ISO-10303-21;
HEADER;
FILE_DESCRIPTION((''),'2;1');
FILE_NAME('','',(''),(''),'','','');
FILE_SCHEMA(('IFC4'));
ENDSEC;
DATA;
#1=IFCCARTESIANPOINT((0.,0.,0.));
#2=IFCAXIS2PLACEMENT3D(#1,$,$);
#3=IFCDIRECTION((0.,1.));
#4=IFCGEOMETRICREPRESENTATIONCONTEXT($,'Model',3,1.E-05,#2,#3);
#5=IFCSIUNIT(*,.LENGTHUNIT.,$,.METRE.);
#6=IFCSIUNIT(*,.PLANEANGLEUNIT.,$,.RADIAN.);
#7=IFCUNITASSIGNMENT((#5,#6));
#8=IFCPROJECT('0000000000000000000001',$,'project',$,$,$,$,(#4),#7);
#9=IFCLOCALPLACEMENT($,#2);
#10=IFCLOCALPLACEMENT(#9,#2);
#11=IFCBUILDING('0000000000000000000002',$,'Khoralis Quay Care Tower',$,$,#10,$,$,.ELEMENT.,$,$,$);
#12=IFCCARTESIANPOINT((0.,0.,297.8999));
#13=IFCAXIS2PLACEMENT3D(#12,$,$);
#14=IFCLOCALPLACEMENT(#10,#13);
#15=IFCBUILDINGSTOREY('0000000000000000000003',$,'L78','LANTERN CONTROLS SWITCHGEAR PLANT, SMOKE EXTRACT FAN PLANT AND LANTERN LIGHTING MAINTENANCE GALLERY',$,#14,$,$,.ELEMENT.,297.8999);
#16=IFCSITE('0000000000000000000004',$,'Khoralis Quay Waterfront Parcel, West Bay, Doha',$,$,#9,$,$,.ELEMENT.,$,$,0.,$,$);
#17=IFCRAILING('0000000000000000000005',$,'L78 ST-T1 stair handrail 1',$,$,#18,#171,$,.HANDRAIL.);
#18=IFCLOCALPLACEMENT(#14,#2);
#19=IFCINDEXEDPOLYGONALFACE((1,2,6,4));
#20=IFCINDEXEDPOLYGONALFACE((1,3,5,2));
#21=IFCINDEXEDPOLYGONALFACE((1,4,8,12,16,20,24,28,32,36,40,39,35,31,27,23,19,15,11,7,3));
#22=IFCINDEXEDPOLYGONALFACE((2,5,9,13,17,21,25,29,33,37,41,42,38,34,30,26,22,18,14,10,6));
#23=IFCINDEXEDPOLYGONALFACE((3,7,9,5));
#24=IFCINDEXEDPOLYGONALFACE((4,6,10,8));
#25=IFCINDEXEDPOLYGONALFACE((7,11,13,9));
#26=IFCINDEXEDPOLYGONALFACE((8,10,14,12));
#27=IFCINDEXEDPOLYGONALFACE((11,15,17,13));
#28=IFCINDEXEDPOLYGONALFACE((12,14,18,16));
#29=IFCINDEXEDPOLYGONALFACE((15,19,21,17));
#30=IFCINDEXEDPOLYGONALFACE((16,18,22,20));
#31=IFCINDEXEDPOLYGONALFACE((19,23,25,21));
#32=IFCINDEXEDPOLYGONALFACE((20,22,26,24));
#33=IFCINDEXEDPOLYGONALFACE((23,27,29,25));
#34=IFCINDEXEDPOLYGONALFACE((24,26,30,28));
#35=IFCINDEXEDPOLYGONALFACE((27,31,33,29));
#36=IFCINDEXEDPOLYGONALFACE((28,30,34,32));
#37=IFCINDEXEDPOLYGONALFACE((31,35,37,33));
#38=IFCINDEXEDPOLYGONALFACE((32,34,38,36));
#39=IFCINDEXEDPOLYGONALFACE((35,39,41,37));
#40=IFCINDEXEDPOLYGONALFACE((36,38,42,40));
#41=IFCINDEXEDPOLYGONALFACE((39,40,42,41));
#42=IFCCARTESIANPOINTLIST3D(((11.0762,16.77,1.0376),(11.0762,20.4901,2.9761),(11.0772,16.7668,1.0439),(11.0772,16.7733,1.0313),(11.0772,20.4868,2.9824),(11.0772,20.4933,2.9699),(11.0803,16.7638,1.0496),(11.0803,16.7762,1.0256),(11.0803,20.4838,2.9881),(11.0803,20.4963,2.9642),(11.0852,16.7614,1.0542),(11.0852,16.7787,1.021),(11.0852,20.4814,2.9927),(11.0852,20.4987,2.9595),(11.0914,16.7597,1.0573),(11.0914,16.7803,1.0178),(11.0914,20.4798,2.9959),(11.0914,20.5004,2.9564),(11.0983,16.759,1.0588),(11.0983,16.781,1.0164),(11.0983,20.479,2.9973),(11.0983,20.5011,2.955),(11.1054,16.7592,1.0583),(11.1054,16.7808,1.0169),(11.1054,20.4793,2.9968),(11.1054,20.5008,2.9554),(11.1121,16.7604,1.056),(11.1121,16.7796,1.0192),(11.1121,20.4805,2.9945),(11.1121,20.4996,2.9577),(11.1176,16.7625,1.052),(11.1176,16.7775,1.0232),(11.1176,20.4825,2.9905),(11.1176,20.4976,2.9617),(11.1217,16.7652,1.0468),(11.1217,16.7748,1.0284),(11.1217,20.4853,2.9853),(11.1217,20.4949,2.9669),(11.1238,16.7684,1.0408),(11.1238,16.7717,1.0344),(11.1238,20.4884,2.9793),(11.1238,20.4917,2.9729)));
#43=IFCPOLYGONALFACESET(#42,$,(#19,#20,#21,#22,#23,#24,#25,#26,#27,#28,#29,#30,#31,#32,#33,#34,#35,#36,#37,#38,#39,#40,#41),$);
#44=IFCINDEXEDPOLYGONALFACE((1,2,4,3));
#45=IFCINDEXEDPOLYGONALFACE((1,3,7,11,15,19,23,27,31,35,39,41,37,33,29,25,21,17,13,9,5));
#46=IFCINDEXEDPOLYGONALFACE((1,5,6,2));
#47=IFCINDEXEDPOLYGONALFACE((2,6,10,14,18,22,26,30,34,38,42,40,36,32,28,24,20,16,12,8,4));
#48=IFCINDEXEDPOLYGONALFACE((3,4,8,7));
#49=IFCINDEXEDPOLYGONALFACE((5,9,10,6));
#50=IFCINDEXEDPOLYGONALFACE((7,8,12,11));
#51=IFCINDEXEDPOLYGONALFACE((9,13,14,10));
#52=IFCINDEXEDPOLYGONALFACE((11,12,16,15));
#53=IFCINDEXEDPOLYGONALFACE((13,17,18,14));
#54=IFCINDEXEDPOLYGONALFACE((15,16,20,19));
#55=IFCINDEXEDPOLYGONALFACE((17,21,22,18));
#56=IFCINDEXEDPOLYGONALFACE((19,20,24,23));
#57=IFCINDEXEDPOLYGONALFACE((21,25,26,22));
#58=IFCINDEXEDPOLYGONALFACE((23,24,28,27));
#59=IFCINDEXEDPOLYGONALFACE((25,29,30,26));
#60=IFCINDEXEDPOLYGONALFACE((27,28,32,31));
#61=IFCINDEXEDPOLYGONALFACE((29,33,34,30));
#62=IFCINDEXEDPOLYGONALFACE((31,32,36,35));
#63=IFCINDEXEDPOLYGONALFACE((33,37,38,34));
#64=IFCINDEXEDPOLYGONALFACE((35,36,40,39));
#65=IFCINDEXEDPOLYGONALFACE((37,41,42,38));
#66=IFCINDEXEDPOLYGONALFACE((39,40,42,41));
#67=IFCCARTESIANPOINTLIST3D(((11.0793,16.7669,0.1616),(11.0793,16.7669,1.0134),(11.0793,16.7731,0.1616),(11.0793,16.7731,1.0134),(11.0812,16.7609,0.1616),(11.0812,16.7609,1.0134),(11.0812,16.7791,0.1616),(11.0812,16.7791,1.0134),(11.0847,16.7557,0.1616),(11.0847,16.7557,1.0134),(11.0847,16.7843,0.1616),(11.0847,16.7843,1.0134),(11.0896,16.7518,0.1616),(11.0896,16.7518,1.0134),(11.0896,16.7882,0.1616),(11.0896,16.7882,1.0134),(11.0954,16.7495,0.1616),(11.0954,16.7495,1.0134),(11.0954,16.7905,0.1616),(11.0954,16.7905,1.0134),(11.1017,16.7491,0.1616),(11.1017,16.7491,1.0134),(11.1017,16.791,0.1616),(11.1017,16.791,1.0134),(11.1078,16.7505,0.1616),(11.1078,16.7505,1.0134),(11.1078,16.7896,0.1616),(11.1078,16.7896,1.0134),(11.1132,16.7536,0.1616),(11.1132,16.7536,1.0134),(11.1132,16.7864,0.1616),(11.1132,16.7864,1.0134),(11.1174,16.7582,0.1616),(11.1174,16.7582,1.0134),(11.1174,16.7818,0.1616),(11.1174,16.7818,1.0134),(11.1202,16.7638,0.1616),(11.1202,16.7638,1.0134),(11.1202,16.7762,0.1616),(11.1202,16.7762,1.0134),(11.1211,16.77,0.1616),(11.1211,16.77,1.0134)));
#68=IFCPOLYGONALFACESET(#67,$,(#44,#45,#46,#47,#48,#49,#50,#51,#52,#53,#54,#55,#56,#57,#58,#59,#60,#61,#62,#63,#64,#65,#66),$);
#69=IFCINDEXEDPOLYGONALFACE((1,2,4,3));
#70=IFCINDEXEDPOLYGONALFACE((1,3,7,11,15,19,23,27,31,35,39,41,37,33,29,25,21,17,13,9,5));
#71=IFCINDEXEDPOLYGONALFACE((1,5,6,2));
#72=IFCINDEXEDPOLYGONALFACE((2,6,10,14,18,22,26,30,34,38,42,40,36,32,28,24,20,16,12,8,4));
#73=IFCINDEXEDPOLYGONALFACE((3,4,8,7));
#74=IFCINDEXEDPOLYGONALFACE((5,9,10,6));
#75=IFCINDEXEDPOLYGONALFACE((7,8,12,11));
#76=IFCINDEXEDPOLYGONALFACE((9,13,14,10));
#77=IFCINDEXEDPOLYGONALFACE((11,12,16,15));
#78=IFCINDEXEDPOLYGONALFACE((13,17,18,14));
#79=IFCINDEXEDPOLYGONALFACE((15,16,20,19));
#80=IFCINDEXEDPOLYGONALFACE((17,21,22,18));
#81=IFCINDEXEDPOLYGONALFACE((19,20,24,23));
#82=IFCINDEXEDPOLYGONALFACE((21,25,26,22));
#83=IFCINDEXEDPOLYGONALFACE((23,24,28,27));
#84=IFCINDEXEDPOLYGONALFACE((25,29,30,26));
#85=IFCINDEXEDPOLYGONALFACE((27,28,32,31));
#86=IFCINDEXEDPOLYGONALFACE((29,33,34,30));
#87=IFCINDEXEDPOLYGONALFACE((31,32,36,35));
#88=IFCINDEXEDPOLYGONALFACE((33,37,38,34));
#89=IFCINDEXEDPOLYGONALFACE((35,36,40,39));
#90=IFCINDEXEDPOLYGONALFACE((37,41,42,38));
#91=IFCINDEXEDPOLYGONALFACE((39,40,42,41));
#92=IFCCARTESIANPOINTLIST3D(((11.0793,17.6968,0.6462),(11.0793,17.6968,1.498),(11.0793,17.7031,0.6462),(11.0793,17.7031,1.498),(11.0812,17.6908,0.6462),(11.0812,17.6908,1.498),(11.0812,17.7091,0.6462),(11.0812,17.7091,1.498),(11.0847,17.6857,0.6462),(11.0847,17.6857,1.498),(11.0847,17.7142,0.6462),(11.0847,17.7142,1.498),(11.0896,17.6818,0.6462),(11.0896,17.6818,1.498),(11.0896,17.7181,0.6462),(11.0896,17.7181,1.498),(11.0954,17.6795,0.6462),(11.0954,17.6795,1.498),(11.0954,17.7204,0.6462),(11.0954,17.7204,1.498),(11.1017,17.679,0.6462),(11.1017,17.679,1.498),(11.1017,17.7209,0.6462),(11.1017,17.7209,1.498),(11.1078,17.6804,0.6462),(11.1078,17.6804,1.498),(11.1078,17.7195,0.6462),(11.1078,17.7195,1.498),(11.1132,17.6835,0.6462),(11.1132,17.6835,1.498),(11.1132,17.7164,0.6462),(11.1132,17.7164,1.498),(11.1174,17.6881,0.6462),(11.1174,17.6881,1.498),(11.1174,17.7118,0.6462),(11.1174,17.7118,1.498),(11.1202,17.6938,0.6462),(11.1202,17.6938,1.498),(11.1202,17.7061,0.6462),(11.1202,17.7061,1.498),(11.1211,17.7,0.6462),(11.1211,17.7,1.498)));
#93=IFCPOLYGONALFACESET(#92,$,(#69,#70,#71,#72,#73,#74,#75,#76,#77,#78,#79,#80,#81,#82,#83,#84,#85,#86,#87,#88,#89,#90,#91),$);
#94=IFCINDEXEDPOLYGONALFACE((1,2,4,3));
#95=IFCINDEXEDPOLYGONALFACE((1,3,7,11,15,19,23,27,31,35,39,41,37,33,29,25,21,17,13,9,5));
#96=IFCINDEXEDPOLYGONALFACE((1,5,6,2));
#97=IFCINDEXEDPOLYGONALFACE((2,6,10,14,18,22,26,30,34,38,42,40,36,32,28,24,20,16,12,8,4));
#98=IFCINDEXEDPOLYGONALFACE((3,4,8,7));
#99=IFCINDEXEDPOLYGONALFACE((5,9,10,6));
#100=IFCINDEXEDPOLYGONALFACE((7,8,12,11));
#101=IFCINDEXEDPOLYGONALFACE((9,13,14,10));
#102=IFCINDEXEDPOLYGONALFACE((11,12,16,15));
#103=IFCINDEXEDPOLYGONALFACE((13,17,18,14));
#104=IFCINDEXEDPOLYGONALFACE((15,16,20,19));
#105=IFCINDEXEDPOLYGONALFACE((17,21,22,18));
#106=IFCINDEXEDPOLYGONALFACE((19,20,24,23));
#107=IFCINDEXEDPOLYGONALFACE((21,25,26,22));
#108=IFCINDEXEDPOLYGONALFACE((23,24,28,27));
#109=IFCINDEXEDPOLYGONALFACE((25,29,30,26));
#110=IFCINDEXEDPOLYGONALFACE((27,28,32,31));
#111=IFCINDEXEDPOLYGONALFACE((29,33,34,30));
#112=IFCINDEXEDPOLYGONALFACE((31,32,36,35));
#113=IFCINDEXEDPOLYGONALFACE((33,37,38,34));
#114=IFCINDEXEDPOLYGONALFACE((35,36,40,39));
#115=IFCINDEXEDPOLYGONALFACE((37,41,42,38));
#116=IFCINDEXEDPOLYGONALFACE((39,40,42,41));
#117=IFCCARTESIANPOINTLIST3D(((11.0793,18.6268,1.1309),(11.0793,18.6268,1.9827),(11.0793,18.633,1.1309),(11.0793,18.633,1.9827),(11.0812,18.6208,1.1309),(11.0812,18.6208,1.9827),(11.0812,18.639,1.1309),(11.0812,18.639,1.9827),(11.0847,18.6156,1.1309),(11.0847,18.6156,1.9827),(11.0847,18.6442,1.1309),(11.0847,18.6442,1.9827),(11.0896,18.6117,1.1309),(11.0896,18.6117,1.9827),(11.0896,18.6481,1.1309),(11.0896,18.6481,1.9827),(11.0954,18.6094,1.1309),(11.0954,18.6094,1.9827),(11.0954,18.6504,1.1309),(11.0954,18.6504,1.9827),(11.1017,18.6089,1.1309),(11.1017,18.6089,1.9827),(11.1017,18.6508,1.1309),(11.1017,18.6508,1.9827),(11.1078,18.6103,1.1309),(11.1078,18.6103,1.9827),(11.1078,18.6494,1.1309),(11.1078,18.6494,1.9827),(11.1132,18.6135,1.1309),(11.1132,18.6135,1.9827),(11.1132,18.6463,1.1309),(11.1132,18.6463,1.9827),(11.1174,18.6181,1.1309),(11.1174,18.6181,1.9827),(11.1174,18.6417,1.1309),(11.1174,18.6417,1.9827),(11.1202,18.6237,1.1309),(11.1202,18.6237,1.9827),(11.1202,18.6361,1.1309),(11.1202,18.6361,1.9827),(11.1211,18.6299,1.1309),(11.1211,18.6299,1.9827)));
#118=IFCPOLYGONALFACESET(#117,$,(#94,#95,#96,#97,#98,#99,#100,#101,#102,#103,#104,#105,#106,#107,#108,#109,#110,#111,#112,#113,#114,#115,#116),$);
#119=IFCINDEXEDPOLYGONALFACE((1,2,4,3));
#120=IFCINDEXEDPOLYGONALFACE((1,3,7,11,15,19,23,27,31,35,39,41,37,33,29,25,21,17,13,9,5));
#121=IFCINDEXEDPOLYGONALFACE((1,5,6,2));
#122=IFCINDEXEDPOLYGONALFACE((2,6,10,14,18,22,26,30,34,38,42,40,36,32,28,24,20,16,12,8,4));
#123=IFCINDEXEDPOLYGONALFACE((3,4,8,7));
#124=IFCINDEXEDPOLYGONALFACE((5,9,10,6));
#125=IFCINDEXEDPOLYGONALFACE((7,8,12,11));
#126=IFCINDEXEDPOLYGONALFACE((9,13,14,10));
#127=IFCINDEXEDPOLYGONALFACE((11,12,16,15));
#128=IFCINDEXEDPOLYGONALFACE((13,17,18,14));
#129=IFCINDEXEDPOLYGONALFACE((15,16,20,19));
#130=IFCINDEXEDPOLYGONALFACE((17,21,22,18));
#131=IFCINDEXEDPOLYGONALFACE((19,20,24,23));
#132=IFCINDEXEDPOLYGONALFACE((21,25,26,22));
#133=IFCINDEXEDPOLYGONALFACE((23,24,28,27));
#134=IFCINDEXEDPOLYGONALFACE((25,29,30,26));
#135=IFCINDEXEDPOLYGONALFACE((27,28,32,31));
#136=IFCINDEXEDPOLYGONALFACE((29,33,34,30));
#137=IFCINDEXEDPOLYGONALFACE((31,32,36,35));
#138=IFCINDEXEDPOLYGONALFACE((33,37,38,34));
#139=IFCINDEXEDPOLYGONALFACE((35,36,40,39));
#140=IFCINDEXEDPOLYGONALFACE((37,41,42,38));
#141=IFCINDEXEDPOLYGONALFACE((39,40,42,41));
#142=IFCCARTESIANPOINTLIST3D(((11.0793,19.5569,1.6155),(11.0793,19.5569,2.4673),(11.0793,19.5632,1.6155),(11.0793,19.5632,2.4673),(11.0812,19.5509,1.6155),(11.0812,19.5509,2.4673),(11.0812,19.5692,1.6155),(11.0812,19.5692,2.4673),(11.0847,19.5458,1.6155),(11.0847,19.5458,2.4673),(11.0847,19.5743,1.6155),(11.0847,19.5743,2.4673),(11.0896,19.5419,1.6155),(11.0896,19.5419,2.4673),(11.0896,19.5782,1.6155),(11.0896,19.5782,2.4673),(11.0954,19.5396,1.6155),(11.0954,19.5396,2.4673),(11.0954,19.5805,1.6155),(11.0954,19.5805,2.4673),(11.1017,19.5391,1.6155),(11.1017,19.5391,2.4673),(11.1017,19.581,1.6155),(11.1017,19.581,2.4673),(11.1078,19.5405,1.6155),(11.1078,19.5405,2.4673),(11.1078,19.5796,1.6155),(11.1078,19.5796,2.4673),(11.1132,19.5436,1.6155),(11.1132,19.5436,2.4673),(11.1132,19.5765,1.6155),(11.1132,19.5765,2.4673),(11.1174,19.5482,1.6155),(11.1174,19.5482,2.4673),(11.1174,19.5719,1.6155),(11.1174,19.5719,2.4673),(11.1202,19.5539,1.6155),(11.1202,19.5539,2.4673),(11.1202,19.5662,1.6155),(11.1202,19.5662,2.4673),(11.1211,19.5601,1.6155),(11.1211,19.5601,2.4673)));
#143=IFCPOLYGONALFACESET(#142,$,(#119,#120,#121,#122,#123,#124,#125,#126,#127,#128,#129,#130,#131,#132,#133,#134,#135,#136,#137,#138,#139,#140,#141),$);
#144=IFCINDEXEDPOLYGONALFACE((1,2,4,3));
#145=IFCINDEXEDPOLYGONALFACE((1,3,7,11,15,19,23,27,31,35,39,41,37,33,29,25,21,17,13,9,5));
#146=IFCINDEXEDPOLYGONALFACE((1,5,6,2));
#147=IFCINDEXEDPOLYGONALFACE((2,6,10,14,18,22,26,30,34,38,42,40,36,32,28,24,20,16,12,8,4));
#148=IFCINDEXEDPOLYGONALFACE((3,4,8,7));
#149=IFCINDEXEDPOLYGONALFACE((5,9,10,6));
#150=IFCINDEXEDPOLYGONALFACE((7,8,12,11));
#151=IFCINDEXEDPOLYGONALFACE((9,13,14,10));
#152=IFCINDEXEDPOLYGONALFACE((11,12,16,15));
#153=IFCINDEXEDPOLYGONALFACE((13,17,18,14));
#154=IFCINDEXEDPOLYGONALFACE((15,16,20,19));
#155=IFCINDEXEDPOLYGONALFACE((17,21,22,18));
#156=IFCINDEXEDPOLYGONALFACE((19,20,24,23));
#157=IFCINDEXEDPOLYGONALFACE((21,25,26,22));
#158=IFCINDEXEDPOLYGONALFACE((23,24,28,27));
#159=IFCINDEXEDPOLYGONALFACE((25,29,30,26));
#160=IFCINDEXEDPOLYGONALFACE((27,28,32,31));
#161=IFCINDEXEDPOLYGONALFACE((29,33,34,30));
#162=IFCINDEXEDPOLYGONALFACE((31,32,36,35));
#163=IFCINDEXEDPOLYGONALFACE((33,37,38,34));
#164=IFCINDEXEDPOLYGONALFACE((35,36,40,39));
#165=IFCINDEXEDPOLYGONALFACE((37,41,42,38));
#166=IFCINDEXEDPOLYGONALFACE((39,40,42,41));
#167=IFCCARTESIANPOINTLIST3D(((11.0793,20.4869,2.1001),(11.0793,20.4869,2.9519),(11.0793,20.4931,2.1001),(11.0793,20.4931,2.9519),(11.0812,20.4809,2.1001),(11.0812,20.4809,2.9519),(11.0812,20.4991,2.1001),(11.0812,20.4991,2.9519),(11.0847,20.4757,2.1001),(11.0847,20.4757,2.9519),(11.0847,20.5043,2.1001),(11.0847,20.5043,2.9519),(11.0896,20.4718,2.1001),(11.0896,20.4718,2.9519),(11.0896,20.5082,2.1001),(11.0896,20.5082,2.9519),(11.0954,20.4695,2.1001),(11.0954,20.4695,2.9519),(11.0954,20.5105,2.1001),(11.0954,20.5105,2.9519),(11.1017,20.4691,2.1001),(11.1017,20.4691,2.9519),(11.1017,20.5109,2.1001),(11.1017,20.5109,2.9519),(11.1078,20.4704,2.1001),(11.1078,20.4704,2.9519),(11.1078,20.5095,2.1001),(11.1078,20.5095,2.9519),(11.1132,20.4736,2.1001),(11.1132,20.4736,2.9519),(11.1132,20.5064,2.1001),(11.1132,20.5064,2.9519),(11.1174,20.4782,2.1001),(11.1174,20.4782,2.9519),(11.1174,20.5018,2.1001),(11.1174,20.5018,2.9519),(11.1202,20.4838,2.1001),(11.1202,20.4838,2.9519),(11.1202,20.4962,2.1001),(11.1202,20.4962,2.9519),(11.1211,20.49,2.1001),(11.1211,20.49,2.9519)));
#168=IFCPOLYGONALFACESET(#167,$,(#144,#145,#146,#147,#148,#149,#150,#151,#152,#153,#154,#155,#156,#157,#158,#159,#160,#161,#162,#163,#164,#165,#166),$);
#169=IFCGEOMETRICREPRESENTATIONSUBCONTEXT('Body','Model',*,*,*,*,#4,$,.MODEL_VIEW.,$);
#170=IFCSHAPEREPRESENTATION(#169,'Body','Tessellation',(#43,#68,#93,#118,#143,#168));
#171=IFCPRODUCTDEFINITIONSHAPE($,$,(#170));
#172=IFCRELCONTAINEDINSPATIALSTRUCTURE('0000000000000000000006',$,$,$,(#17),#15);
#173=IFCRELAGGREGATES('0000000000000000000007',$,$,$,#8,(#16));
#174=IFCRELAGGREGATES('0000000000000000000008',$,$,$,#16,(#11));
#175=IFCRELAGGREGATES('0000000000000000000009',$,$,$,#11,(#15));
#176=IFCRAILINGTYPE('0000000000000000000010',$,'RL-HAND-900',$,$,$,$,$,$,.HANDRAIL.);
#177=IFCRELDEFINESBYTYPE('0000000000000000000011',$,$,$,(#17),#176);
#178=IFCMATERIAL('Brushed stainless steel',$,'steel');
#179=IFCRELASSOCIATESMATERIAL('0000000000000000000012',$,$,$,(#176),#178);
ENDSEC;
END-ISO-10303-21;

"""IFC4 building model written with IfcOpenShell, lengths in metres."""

from ifc_helpers import new_model, si_unit, direction, frame, origin, origin_2d, place, context, subcontext, project, spatial, circle, extrude, material, type_object, element, save


model = new_model("IFC4")

# Units and contexts
model_context = context("Model", 3, precision=1e-05, world=origin(), true_north=direction((0.0, 1.0)))
body_context = subcontext(model_context, "Body", "Model", "MODEL_VIEW")
ifc_project = project(units=[si_unit("LENGTHUNIT", "METRE"), si_unit("PLANEANGLEUNIT", "RADIAN")], contexts=[model_context])

# Site, building, storey
site_placement = place(None, origin())
site = spatial("IfcSite", under=ifc_project, at=site_placement, Name="Khoralis Quay Waterfront Parcel, West Bay, Doha", CompositionType="ELEMENT", RefElevation=0.0)
building_placement = place(site_placement, origin())
building = spatial("IfcBuilding", under=site, at=building_placement, Name="Khoralis Quay Care Tower", CompositionType="ELEMENT")
storey_placement = place(building_placement, frame((0.0, 0.0, 297.8999)))
storey = spatial("IfcBuildingStorey", under=building, at=storey_placement, Name="L78", Description="LANTERN CONTROLS SWITCHGEAR PLANT, SMOKE EXTRACT FAN PLANT AND LANTERN LIGHTING MAINTENANCE GALLERY", CompositionType="ELEMENT", Elevation=297.8999)

# Railing
ifc_material_1 = material(Name="Brushed stainless steel", Category="steel")
railing_type = type_object("IfcRailingType", Name="RL-HAND-900", PredefinedType="HANDRAIL", material=ifc_material_1)
railing_placement = place(storey_placement, frame((11.1001, 16.77, 0.1616)))
element("IfcRailing", 1, at=railing_placement, inside=storey, type_object=railing_type, Name="L78 ST-T1 stair handrail 1", PredefinedType="HANDRAIL", context=body_context, shape_type="SweptSolid", body=[
    extrude(circle(Radius=0.0239, at=origin_2d()), frame((0.0, 0.0, 0.876), z_axis=(0.0, 0.886817, 0.46212), x_axis=(-1.0, 0.0, 0.0)), (0.0, 0.0, 1.0), 4.1948),
    extrude(circle(Radius=0.021, at=origin_2d()), origin(), (0.0, 0.0, 1.0), 0.8518),
    extrude(circle(Radius=0.021, at=origin_2d()), frame((0.0, 0.9299, 0.4846)), (0.0, 0.0, 1.0), 0.8518),
    extrude(circle(Radius=0.021, at=origin_2d()), frame((0.0, 1.8599, 0.9692)), (0.0, 0.0, 1.0), 0.8518),
    extrude(circle(Radius=0.021, at=origin_2d()), frame((0.0, 2.79, 1.4539)), (0.0, 0.0, 1.0), 0.8518),
    extrude(circle(Radius=0.021, at=origin_2d()), frame((0.0, 3.72, 1.9385)), (0.0, 0.0, 1.0), 0.8518),
])

save(model, "model.ifc")
